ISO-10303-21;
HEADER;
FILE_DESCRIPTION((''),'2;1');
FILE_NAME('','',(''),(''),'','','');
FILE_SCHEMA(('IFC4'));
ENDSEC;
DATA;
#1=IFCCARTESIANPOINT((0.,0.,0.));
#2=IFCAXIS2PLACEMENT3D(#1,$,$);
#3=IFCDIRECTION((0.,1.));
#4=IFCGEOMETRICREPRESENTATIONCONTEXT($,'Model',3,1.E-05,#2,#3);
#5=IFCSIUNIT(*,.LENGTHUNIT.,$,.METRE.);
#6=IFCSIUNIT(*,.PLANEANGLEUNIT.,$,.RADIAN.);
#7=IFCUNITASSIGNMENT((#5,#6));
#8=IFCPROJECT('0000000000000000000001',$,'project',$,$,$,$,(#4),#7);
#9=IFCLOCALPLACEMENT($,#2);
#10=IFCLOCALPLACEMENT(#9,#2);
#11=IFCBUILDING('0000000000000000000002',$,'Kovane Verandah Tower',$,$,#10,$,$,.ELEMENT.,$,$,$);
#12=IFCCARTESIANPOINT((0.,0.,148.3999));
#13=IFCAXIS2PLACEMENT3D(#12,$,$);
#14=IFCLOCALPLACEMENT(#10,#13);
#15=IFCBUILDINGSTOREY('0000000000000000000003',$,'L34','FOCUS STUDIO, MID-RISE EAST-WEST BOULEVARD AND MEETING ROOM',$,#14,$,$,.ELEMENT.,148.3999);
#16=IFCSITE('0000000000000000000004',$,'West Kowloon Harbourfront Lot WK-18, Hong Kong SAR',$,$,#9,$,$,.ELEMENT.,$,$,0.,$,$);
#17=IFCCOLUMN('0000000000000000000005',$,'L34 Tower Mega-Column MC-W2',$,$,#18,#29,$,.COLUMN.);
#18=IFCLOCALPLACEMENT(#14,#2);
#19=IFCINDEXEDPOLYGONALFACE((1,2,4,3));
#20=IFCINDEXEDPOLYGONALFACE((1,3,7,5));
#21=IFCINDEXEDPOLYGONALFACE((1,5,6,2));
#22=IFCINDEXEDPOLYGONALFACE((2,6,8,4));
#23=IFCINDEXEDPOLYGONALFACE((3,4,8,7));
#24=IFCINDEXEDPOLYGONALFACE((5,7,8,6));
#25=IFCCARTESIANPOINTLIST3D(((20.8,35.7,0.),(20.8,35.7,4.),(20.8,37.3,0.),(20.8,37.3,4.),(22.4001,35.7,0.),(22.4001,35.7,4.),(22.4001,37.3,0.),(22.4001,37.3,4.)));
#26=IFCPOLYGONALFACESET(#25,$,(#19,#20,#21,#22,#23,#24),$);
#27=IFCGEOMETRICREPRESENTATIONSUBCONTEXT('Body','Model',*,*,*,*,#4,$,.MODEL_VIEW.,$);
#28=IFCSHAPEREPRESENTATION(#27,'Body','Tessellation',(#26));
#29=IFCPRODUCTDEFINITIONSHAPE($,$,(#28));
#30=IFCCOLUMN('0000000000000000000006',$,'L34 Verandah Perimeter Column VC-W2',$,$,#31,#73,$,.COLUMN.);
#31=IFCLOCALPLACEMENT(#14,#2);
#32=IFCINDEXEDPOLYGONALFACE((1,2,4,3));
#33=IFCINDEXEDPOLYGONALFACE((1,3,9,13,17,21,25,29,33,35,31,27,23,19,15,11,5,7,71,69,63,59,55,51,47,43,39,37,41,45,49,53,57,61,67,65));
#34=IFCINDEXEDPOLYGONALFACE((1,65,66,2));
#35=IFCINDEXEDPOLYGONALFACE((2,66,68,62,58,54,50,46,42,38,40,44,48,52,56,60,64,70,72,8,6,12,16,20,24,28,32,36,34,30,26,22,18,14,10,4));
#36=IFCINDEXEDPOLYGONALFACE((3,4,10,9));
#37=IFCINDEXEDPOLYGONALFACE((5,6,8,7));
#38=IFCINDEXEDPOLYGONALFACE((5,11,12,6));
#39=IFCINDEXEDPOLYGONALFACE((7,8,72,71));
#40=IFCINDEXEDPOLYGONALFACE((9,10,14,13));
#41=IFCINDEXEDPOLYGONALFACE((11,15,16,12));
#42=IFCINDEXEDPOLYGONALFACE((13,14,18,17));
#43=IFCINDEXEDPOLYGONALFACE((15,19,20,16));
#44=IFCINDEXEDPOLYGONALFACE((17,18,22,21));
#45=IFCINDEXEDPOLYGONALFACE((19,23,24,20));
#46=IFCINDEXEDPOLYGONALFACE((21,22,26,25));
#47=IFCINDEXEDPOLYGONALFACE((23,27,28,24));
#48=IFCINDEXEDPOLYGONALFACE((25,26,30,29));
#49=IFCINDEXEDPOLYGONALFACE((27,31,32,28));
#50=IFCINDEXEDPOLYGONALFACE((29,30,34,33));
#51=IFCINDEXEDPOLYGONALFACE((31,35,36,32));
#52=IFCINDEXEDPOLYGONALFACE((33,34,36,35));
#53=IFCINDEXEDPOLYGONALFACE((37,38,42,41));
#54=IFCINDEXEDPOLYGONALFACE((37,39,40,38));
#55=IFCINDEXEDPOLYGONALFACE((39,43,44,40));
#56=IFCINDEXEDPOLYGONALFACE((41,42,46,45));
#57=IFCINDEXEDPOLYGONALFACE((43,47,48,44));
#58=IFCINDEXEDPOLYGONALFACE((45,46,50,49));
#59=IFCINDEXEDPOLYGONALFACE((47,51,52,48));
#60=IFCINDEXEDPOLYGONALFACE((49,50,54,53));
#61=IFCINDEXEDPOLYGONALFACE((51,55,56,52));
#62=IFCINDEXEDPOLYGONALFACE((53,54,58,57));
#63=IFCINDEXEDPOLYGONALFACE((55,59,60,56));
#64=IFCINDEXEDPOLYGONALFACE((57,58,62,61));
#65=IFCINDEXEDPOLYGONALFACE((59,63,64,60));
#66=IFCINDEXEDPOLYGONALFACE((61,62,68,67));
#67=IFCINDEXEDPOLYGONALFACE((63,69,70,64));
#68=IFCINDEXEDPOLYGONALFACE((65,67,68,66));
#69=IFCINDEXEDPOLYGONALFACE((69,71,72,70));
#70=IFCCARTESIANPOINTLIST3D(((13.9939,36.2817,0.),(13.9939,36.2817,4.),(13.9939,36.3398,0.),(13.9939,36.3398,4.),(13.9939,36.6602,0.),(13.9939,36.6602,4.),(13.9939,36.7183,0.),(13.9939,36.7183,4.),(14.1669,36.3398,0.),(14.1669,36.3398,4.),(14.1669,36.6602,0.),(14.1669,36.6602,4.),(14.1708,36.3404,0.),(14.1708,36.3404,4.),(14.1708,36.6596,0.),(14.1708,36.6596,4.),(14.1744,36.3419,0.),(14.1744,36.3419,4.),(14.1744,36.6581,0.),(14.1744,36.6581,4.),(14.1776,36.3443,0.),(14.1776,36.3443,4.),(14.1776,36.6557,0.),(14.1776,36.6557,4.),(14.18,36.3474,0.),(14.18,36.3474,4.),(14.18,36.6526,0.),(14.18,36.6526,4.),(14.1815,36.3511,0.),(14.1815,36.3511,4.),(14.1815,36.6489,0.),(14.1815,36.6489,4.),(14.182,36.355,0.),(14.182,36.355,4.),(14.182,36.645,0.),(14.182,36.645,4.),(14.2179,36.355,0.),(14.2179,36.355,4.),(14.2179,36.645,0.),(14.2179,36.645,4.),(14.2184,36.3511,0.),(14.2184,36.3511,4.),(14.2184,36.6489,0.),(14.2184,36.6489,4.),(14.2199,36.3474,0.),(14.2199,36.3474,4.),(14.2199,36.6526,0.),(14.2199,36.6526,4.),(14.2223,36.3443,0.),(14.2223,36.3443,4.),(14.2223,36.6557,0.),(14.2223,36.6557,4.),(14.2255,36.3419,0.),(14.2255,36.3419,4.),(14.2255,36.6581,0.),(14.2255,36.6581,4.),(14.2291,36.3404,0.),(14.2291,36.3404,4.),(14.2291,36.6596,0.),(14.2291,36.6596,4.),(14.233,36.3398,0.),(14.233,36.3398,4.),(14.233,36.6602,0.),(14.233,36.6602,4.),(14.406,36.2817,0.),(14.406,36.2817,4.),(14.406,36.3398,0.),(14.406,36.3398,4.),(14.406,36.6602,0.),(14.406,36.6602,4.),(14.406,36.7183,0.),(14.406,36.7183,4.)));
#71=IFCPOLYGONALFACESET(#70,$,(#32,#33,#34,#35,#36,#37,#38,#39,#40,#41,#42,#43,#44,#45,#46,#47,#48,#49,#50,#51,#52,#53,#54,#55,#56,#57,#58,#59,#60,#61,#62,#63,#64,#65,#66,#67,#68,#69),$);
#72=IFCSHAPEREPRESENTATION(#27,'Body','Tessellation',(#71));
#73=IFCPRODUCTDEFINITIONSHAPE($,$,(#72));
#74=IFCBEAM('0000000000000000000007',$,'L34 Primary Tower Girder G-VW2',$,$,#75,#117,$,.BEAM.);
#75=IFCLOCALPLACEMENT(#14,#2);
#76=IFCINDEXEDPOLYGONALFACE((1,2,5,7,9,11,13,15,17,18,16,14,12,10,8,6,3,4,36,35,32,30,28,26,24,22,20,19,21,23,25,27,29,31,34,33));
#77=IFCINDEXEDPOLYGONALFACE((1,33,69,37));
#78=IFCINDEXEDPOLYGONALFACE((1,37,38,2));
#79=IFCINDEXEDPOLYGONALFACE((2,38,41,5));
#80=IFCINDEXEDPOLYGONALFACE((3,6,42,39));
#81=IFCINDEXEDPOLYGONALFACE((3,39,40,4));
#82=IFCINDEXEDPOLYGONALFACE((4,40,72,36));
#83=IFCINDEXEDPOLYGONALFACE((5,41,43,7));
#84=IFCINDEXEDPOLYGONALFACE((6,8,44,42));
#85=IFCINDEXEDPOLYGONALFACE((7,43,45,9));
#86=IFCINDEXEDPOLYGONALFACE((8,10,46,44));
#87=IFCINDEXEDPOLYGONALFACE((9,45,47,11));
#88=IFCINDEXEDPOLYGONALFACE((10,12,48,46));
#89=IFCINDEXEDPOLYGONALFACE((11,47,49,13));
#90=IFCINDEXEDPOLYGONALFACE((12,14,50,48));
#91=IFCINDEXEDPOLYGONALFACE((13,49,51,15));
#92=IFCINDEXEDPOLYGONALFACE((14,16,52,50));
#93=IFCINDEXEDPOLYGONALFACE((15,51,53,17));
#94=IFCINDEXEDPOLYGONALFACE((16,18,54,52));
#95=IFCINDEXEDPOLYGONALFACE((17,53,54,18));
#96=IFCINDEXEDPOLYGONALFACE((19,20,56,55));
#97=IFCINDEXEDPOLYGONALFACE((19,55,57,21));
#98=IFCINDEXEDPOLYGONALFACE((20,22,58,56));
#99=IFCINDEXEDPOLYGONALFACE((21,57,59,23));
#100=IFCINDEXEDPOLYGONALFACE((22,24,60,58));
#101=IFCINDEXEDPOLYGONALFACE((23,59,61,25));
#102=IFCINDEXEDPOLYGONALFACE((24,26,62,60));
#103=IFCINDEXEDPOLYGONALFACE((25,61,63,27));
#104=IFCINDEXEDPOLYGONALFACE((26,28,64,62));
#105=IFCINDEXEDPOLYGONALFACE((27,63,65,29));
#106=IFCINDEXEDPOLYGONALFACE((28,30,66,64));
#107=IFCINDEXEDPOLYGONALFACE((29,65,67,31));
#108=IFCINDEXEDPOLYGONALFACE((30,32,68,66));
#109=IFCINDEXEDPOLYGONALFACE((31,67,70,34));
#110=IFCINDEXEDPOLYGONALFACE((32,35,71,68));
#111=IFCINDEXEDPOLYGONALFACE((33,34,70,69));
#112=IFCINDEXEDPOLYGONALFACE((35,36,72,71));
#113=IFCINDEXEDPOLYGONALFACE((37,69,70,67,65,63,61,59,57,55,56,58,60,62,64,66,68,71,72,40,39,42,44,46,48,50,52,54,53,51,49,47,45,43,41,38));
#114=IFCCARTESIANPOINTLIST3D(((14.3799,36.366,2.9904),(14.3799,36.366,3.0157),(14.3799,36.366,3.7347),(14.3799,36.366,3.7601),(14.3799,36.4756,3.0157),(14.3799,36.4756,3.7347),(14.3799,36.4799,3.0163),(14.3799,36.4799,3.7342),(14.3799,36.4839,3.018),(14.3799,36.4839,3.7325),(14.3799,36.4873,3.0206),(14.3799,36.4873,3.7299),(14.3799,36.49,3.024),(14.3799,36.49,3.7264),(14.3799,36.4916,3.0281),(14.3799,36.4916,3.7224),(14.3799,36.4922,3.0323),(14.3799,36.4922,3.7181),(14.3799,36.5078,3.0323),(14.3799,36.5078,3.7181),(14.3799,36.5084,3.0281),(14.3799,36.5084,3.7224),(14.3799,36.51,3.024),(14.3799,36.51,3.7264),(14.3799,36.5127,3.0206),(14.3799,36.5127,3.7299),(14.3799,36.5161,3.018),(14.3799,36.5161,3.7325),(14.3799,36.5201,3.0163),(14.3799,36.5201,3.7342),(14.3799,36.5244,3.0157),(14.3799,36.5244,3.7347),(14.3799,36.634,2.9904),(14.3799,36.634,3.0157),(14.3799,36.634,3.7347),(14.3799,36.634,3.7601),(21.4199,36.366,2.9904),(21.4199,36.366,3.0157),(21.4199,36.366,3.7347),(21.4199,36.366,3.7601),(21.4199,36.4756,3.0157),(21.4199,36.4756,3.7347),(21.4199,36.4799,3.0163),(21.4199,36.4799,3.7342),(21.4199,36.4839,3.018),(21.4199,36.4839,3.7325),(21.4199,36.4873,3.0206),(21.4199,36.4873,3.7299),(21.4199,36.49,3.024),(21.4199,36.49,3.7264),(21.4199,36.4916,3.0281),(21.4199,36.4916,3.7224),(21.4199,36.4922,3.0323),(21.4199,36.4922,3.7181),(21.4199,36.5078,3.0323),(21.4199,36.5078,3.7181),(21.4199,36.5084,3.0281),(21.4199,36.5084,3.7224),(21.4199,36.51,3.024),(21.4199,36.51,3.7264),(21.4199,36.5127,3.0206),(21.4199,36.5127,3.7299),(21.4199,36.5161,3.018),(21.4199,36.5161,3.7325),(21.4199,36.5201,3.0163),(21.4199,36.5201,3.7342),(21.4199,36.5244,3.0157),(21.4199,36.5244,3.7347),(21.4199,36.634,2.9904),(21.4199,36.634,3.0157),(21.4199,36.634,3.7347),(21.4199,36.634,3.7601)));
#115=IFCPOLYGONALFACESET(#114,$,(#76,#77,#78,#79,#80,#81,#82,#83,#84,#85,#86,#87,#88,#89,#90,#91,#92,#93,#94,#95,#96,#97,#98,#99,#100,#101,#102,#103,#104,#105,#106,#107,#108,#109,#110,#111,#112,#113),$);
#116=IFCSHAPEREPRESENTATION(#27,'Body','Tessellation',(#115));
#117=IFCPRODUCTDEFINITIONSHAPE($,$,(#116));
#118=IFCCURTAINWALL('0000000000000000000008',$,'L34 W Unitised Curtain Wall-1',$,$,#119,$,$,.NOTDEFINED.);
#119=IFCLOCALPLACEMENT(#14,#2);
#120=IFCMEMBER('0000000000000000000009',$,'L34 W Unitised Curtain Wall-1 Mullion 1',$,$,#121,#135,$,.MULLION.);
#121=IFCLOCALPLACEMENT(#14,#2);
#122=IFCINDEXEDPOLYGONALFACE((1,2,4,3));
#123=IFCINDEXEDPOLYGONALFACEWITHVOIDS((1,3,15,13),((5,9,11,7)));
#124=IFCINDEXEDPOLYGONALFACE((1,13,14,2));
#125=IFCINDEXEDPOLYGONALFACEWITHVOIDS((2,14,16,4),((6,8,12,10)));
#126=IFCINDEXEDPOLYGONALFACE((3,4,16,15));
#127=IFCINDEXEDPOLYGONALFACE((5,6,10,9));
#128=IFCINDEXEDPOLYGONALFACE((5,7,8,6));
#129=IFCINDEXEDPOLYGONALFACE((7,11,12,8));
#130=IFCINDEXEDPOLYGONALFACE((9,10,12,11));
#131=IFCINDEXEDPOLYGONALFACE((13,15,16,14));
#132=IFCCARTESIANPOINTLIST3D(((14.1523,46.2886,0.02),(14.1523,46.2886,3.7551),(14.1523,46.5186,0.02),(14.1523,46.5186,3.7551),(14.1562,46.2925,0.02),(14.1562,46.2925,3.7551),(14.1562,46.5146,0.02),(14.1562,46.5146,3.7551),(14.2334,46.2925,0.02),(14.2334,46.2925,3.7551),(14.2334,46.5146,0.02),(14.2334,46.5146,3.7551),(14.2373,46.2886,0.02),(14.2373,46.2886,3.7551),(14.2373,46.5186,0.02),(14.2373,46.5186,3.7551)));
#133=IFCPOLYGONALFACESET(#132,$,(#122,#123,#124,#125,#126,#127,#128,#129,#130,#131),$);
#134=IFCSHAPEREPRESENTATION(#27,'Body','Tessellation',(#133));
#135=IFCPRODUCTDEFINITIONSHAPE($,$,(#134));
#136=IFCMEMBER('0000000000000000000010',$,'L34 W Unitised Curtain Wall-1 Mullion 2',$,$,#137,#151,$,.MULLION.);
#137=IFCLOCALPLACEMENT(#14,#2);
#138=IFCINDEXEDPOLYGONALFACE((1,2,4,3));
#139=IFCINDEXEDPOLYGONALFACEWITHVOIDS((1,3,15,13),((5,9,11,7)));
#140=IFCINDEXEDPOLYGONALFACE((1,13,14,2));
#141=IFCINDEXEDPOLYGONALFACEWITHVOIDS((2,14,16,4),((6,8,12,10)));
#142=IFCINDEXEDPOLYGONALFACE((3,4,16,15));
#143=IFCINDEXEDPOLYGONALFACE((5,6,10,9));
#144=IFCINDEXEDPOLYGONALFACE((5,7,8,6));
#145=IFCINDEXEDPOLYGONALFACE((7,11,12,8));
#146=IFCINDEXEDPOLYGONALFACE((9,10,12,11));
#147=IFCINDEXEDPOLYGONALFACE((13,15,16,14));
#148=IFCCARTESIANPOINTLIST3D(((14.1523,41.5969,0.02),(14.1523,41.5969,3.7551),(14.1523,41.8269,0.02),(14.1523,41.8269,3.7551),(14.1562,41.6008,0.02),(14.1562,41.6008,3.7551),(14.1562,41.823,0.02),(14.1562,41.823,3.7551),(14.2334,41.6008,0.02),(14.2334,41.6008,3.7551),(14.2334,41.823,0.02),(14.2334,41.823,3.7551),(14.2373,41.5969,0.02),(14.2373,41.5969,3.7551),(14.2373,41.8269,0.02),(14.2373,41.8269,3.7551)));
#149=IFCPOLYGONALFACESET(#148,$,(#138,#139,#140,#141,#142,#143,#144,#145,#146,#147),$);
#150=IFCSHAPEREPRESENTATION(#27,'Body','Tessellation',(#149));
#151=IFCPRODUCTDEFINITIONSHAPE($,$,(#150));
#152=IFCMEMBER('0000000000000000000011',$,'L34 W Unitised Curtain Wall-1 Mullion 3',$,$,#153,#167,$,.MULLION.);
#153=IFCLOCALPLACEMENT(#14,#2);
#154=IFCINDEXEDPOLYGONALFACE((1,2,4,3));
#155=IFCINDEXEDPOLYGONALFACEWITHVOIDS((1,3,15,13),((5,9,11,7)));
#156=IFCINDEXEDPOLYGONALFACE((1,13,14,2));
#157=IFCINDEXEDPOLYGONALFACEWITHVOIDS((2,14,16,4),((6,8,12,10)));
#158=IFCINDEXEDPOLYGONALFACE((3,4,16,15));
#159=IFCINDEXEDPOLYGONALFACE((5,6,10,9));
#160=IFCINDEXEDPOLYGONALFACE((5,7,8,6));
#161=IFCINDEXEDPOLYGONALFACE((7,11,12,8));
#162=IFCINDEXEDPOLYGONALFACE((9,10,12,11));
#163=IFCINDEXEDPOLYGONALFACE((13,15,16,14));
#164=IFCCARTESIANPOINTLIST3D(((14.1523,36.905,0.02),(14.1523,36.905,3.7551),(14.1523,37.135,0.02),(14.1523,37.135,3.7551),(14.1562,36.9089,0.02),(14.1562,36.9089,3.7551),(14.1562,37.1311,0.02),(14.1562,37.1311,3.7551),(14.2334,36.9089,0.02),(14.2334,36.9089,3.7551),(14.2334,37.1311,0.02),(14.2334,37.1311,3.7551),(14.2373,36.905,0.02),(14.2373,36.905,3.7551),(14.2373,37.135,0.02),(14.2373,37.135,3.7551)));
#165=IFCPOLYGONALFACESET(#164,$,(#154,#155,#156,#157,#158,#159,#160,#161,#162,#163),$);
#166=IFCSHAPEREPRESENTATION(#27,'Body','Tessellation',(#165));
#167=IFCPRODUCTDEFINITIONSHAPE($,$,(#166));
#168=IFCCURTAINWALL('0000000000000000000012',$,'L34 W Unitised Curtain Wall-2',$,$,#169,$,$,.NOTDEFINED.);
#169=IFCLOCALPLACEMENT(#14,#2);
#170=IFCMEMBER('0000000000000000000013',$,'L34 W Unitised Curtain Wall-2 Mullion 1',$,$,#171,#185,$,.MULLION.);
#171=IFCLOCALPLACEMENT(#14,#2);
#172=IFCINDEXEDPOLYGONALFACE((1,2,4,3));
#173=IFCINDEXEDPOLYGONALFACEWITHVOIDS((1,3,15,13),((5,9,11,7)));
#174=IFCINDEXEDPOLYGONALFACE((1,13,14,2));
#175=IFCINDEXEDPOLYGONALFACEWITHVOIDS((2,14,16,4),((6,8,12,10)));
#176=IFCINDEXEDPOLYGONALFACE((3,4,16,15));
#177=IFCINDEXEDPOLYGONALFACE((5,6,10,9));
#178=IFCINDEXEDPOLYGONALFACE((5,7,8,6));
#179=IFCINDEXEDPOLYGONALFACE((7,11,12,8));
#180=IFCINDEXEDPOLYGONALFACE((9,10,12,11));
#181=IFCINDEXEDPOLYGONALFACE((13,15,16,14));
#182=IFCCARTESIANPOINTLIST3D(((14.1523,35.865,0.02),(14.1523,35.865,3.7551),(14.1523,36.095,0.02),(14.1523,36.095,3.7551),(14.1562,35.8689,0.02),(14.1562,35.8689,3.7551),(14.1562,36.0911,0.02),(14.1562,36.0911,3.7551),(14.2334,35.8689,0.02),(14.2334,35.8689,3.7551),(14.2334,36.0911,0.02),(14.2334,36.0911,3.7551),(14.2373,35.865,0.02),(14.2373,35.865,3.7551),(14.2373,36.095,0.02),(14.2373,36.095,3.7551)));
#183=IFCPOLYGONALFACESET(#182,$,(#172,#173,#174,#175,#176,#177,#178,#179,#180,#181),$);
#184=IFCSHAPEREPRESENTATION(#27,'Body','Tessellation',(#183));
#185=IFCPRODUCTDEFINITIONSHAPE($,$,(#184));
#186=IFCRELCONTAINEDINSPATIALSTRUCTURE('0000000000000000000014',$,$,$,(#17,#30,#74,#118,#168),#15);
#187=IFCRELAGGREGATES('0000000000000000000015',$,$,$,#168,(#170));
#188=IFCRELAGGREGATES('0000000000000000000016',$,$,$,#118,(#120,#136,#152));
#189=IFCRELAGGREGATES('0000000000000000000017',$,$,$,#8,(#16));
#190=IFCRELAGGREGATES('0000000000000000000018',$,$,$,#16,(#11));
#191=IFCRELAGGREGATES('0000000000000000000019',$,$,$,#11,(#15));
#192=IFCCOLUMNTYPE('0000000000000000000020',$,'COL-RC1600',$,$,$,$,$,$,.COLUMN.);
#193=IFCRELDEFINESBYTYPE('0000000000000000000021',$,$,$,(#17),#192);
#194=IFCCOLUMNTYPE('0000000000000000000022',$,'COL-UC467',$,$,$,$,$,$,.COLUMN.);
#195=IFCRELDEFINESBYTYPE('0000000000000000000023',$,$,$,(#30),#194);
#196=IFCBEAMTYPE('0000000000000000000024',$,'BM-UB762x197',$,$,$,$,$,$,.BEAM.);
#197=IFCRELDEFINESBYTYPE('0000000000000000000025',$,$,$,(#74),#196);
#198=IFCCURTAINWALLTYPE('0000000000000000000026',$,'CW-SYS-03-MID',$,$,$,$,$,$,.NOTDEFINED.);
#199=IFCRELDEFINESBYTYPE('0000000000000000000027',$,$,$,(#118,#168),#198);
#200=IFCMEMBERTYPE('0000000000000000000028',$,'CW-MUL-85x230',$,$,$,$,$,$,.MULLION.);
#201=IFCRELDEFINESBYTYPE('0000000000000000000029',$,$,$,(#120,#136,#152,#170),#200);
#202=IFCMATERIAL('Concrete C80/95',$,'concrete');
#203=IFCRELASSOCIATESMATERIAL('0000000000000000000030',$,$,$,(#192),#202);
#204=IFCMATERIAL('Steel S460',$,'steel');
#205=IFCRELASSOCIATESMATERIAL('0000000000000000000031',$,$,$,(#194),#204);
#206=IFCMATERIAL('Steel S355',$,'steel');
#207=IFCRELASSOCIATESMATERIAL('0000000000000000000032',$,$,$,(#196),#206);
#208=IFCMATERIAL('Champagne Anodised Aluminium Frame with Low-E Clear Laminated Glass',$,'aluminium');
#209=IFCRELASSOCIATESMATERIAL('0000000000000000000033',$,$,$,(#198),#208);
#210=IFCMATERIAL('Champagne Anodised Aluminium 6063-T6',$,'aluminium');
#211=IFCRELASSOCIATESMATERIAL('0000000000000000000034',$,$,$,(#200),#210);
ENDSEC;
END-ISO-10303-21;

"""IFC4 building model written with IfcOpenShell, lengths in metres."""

from ifc_helpers import new_model, si_unit, direction, frame, origin, origin_2d, place, context, subcontext, project, spatial, rectangle, hollow_rectangle, i_section, extrude, material, material_profile, profile_set, type_object, element, aggregate, save


model = new_model("IFC4")

# Units and contexts
model_context = context("Model", 3, precision=1e-05, world=origin(), true_north=direction((0.0, 1.0)))
body_context = subcontext(model_context, "Body", "Model", "MODEL_VIEW")
ifc_project = project(units=[si_unit("LENGTHUNIT", "METRE"), si_unit("PLANEANGLEUNIT", "RADIAN")], contexts=[model_context])

# Site, building, storey
site_placement = place(None, origin())
site = spatial("IfcSite", under=ifc_project, at=site_placement, Name="West Kowloon Harbourfront Lot WK-18, Hong Kong SAR", CompositionType="ELEMENT", RefElevation=0.0)
building_placement = place(site_placement, origin())
building = spatial("IfcBuilding", under=site, at=building_placement, Name="Kovane Verandah Tower", CompositionType="ELEMENT")
storey_placement = place(building_placement, frame((0.0, 0.0, 148.3999)))
storey = spatial("IfcBuildingStorey", under=building, at=storey_placement, Name="L34", Description="FOCUS STUDIO, MID-RISE EAST-WEST BOULEVARD AND MEETING ROOM", CompositionType="ELEMENT", Elevation=148.3999)

# Columns
ifc_material_1 = material(Name="Concrete C80/95", Category="concrete")
ifc_material_profile_1 = material_profile(ifc_material_1, rectangle(XDim=1.6001, YDim=1.6001, at=origin_2d()), Name="RC1600x1600")
ifc_profile_set_1 = profile_set([ifc_material_profile_1], Name="Concrete C80/95")
column_type_1 = type_object("IfcColumnType", Name="COL-RC1600", PredefinedType="COLUMN", material=ifc_profile_set_1)
column_1_placement = place(storey_placement, frame((21.6001, 36.5, 0.0), z_axis=(0.0, 0.0, 1.0), x_axis=(1.0, 0.0, 0.0)))
element("IfcColumn", 1, at=column_1_placement, inside=storey, type_object=column_type_1, Name="L34 Tower Mega-Column MC-W2", PredefinedType="COLUMN", context=body_context, shape_type="SweptSolid", body=[
    extrude(rectangle(XDim=1.6001, YDim=1.6001, at=origin_2d()), origin(), (0.0, 0.0, 1.0), 4.0),
])
ifc_material_2 = material(Name="Steel S460", Category="steel")
ifc_material_profile_2 = material_profile(ifc_material_2, i_section(OverallWidth=0.4121, OverallDepth=0.4365, WebThickness=0.0359, FlangeThickness=0.0581, FilletRadius=0.0151, at=origin_2d()), Name="UC356x406x467")
ifc_profile_set_2 = profile_set([ifc_material_profile_2], Name="Steel S460")
column_type_2 = type_object("IfcColumnType", Name="COL-UC467", PredefinedType="COLUMN", material=ifc_profile_set_2)
column_2_placement = place(storey_placement, frame((14.2, 36.5, 0.0), z_axis=(0.0, 0.0, 1.0), x_axis=(1.0, 0.0, 0.0)))
element("IfcColumn", 2, at=column_2_placement, inside=storey, type_object=column_type_2, Name="L34 Verandah Perimeter Column VC-W2", PredefinedType="COLUMN", context=body_context, shape_type="SweptSolid", body=[
    extrude(i_section(OverallWidth=0.4121, OverallDepth=0.4365, WebThickness=0.0359, FlangeThickness=0.0581, FilletRadius=0.0151, at=origin_2d()), origin(), (0.0, 0.0, 1.0), 4.0),
])

# Beam
ifc_material_3 = material(Name="Steel S355", Category="steel")
ifc_material_profile_3 = material_profile(ifc_material_3, i_section(OverallWidth=0.2681, OverallDepth=0.7698, WebThickness=0.0156, FlangeThickness=0.0254, FilletRadius=0.0166, at=origin_2d()), Name="UB762x267x197")
ifc_profile_set_3 = profile_set([ifc_material_profile_3], Name="Steel S355")
beam_type = type_object("IfcBeamType", Name="BM-UB762x197", PredefinedType="BEAM", material=ifc_profile_set_3)
beam_placement = place(storey_placement, frame((21.4199, 36.5, 3.3752), z_axis=(-1.0, 0.0, 0.0), x_axis=(0.0, -1.0, 0.0)))
element("IfcBeam", 3, at=beam_placement, inside=storey, type_object=beam_type, Name="L34 Primary Tower Girder G-VW2", PredefinedType="BEAM", context=body_context, shape_type="SweptSolid", body=[
    extrude(i_section(OverallWidth=0.2681, OverallDepth=0.7698, WebThickness=0.0156, FlangeThickness=0.0254, FilletRadius=0.0166, at=origin_2d()), origin(), (0.0, 0.0, 1.0), 7.04),
])

# Curtain wall, members
ifc_material_4 = material(Name="Champagne Anodised Aluminium Frame with Low-E Clear Laminated Glass", Category="aluminium")
curtain_wall_type = type_object("IfcCurtainWallType", Name="CW-SYS-03-MID", PredefinedType="NOTDEFINED", material=ifc_material_4)
curtain_wall_1_placement = place(storey_placement, origin())
curtain_wall_1 = element("IfcCurtainWall", 4, at=curtain_wall_1_placement, inside=storey, type_object=curtain_wall_type, Name="L34 W Unitised Curtain Wall-1", PredefinedType="NOTDEFINED")
ifc_material_5 = material(Name="Champagne Anodised Aluminium 6063-T6", Category="aluminium")
ifc_material_profile_4 = material_profile(ifc_material_5, hollow_rectangle(XDim=0.085, YDim=0.23, WallThickness=0.0039, at=origin_2d()), Name="AL85x230x4")
ifc_profile_set_4 = profile_set([ifc_material_profile_4], Name="Champagne Anodised Aluminium 6063-T6")
member_type_1 = type_object("IfcMemberType", Name="CW-MUL-85x230", PredefinedType="MULLION", material=ifc_profile_set_4)
member_1_placement = place(storey_placement, frame((14.1948, 46.4036, 0.02), z_axis=(0.0, 0.0, 1.0), x_axis=(-1.0, 0.0, 0.0)))
member_1 = element("IfcMember", 5, at=member_1_placement, type_object=member_type_1, Name="L34 W Unitised Curtain Wall-1 Mullion 1", PredefinedType="MULLION", context=body_context, shape_type="SweptSolid", body=[
    extrude(hollow_rectangle(XDim=0.085, YDim=0.23, WallThickness=0.0039, at=origin_2d()), origin(), (0.0, 0.0, 1.0), 3.7351),
])
member_2_placement = place(storey_placement, frame((14.1948, 41.7119, 0.02), z_axis=(0.0, 0.0, 1.0), x_axis=(-1.0, 0.0, 0.0)))
member_2 = element("IfcMember", 6, at=member_2_placement, type_object=member_type_1, Name="L34 W Unitised Curtain Wall-1 Mullion 2", PredefinedType="MULLION", context=body_context, shape_type="SweptSolid", body=[
    extrude(hollow_rectangle(XDim=0.085, YDim=0.23, WallThickness=0.0039, at=origin_2d()), origin(), (0.0, 0.0, 1.0), 3.7351),
])
member_3_placement = place(storey_placement, frame((14.1948, 37.02, 0.02), z_axis=(0.0, 0.0, 1.0), x_axis=(-1.0, 0.0, 0.0)))
member_3 = element("IfcMember", 7, at=member_3_placement, type_object=member_type_1, Name="L34 W Unitised Curtain Wall-1 Mullion 3", PredefinedType="MULLION", context=body_context, shape_type="SweptSolid", body=[
    extrude(hollow_rectangle(XDim=0.085, YDim=0.23, WallThickness=0.0039, at=origin_2d()), origin(), (0.0, 0.0, 1.0), 3.7351),
])

# Curtain wall, member
curtain_wall_2_placement = place(storey_placement, origin())
curtain_wall_2 = element("IfcCurtainWall", 8, at=curtain_wall_2_placement, inside=storey, type_object=curtain_wall_type, Name="L34 W Unitised Curtain Wall-2", PredefinedType="NOTDEFINED")
member_4_placement = place(storey_placement, frame((14.1948, 35.98, 0.02), z_axis=(0.0, 0.0, 1.0), x_axis=(-1.0, 0.0, 0.0)))
member_4 = element("IfcMember", 9, at=member_4_placement, type_object=member_type_1, Name="L34 W Unitised Curtain Wall-2 Mullion 1", PredefinedType="MULLION", context=body_context, shape_type="SweptSolid", body=[
    extrude(hollow_rectangle(XDim=0.085, YDim=0.23, WallThickness=0.0039, at=origin_2d()), origin(), (0.0, 0.0, 1.0), 3.7351),
])

aggregate(curtain_wall_2, [member_4])

aggregate(curtain_wall_1, [member_1, member_2, member_3])

save(model, "model.ifc")
